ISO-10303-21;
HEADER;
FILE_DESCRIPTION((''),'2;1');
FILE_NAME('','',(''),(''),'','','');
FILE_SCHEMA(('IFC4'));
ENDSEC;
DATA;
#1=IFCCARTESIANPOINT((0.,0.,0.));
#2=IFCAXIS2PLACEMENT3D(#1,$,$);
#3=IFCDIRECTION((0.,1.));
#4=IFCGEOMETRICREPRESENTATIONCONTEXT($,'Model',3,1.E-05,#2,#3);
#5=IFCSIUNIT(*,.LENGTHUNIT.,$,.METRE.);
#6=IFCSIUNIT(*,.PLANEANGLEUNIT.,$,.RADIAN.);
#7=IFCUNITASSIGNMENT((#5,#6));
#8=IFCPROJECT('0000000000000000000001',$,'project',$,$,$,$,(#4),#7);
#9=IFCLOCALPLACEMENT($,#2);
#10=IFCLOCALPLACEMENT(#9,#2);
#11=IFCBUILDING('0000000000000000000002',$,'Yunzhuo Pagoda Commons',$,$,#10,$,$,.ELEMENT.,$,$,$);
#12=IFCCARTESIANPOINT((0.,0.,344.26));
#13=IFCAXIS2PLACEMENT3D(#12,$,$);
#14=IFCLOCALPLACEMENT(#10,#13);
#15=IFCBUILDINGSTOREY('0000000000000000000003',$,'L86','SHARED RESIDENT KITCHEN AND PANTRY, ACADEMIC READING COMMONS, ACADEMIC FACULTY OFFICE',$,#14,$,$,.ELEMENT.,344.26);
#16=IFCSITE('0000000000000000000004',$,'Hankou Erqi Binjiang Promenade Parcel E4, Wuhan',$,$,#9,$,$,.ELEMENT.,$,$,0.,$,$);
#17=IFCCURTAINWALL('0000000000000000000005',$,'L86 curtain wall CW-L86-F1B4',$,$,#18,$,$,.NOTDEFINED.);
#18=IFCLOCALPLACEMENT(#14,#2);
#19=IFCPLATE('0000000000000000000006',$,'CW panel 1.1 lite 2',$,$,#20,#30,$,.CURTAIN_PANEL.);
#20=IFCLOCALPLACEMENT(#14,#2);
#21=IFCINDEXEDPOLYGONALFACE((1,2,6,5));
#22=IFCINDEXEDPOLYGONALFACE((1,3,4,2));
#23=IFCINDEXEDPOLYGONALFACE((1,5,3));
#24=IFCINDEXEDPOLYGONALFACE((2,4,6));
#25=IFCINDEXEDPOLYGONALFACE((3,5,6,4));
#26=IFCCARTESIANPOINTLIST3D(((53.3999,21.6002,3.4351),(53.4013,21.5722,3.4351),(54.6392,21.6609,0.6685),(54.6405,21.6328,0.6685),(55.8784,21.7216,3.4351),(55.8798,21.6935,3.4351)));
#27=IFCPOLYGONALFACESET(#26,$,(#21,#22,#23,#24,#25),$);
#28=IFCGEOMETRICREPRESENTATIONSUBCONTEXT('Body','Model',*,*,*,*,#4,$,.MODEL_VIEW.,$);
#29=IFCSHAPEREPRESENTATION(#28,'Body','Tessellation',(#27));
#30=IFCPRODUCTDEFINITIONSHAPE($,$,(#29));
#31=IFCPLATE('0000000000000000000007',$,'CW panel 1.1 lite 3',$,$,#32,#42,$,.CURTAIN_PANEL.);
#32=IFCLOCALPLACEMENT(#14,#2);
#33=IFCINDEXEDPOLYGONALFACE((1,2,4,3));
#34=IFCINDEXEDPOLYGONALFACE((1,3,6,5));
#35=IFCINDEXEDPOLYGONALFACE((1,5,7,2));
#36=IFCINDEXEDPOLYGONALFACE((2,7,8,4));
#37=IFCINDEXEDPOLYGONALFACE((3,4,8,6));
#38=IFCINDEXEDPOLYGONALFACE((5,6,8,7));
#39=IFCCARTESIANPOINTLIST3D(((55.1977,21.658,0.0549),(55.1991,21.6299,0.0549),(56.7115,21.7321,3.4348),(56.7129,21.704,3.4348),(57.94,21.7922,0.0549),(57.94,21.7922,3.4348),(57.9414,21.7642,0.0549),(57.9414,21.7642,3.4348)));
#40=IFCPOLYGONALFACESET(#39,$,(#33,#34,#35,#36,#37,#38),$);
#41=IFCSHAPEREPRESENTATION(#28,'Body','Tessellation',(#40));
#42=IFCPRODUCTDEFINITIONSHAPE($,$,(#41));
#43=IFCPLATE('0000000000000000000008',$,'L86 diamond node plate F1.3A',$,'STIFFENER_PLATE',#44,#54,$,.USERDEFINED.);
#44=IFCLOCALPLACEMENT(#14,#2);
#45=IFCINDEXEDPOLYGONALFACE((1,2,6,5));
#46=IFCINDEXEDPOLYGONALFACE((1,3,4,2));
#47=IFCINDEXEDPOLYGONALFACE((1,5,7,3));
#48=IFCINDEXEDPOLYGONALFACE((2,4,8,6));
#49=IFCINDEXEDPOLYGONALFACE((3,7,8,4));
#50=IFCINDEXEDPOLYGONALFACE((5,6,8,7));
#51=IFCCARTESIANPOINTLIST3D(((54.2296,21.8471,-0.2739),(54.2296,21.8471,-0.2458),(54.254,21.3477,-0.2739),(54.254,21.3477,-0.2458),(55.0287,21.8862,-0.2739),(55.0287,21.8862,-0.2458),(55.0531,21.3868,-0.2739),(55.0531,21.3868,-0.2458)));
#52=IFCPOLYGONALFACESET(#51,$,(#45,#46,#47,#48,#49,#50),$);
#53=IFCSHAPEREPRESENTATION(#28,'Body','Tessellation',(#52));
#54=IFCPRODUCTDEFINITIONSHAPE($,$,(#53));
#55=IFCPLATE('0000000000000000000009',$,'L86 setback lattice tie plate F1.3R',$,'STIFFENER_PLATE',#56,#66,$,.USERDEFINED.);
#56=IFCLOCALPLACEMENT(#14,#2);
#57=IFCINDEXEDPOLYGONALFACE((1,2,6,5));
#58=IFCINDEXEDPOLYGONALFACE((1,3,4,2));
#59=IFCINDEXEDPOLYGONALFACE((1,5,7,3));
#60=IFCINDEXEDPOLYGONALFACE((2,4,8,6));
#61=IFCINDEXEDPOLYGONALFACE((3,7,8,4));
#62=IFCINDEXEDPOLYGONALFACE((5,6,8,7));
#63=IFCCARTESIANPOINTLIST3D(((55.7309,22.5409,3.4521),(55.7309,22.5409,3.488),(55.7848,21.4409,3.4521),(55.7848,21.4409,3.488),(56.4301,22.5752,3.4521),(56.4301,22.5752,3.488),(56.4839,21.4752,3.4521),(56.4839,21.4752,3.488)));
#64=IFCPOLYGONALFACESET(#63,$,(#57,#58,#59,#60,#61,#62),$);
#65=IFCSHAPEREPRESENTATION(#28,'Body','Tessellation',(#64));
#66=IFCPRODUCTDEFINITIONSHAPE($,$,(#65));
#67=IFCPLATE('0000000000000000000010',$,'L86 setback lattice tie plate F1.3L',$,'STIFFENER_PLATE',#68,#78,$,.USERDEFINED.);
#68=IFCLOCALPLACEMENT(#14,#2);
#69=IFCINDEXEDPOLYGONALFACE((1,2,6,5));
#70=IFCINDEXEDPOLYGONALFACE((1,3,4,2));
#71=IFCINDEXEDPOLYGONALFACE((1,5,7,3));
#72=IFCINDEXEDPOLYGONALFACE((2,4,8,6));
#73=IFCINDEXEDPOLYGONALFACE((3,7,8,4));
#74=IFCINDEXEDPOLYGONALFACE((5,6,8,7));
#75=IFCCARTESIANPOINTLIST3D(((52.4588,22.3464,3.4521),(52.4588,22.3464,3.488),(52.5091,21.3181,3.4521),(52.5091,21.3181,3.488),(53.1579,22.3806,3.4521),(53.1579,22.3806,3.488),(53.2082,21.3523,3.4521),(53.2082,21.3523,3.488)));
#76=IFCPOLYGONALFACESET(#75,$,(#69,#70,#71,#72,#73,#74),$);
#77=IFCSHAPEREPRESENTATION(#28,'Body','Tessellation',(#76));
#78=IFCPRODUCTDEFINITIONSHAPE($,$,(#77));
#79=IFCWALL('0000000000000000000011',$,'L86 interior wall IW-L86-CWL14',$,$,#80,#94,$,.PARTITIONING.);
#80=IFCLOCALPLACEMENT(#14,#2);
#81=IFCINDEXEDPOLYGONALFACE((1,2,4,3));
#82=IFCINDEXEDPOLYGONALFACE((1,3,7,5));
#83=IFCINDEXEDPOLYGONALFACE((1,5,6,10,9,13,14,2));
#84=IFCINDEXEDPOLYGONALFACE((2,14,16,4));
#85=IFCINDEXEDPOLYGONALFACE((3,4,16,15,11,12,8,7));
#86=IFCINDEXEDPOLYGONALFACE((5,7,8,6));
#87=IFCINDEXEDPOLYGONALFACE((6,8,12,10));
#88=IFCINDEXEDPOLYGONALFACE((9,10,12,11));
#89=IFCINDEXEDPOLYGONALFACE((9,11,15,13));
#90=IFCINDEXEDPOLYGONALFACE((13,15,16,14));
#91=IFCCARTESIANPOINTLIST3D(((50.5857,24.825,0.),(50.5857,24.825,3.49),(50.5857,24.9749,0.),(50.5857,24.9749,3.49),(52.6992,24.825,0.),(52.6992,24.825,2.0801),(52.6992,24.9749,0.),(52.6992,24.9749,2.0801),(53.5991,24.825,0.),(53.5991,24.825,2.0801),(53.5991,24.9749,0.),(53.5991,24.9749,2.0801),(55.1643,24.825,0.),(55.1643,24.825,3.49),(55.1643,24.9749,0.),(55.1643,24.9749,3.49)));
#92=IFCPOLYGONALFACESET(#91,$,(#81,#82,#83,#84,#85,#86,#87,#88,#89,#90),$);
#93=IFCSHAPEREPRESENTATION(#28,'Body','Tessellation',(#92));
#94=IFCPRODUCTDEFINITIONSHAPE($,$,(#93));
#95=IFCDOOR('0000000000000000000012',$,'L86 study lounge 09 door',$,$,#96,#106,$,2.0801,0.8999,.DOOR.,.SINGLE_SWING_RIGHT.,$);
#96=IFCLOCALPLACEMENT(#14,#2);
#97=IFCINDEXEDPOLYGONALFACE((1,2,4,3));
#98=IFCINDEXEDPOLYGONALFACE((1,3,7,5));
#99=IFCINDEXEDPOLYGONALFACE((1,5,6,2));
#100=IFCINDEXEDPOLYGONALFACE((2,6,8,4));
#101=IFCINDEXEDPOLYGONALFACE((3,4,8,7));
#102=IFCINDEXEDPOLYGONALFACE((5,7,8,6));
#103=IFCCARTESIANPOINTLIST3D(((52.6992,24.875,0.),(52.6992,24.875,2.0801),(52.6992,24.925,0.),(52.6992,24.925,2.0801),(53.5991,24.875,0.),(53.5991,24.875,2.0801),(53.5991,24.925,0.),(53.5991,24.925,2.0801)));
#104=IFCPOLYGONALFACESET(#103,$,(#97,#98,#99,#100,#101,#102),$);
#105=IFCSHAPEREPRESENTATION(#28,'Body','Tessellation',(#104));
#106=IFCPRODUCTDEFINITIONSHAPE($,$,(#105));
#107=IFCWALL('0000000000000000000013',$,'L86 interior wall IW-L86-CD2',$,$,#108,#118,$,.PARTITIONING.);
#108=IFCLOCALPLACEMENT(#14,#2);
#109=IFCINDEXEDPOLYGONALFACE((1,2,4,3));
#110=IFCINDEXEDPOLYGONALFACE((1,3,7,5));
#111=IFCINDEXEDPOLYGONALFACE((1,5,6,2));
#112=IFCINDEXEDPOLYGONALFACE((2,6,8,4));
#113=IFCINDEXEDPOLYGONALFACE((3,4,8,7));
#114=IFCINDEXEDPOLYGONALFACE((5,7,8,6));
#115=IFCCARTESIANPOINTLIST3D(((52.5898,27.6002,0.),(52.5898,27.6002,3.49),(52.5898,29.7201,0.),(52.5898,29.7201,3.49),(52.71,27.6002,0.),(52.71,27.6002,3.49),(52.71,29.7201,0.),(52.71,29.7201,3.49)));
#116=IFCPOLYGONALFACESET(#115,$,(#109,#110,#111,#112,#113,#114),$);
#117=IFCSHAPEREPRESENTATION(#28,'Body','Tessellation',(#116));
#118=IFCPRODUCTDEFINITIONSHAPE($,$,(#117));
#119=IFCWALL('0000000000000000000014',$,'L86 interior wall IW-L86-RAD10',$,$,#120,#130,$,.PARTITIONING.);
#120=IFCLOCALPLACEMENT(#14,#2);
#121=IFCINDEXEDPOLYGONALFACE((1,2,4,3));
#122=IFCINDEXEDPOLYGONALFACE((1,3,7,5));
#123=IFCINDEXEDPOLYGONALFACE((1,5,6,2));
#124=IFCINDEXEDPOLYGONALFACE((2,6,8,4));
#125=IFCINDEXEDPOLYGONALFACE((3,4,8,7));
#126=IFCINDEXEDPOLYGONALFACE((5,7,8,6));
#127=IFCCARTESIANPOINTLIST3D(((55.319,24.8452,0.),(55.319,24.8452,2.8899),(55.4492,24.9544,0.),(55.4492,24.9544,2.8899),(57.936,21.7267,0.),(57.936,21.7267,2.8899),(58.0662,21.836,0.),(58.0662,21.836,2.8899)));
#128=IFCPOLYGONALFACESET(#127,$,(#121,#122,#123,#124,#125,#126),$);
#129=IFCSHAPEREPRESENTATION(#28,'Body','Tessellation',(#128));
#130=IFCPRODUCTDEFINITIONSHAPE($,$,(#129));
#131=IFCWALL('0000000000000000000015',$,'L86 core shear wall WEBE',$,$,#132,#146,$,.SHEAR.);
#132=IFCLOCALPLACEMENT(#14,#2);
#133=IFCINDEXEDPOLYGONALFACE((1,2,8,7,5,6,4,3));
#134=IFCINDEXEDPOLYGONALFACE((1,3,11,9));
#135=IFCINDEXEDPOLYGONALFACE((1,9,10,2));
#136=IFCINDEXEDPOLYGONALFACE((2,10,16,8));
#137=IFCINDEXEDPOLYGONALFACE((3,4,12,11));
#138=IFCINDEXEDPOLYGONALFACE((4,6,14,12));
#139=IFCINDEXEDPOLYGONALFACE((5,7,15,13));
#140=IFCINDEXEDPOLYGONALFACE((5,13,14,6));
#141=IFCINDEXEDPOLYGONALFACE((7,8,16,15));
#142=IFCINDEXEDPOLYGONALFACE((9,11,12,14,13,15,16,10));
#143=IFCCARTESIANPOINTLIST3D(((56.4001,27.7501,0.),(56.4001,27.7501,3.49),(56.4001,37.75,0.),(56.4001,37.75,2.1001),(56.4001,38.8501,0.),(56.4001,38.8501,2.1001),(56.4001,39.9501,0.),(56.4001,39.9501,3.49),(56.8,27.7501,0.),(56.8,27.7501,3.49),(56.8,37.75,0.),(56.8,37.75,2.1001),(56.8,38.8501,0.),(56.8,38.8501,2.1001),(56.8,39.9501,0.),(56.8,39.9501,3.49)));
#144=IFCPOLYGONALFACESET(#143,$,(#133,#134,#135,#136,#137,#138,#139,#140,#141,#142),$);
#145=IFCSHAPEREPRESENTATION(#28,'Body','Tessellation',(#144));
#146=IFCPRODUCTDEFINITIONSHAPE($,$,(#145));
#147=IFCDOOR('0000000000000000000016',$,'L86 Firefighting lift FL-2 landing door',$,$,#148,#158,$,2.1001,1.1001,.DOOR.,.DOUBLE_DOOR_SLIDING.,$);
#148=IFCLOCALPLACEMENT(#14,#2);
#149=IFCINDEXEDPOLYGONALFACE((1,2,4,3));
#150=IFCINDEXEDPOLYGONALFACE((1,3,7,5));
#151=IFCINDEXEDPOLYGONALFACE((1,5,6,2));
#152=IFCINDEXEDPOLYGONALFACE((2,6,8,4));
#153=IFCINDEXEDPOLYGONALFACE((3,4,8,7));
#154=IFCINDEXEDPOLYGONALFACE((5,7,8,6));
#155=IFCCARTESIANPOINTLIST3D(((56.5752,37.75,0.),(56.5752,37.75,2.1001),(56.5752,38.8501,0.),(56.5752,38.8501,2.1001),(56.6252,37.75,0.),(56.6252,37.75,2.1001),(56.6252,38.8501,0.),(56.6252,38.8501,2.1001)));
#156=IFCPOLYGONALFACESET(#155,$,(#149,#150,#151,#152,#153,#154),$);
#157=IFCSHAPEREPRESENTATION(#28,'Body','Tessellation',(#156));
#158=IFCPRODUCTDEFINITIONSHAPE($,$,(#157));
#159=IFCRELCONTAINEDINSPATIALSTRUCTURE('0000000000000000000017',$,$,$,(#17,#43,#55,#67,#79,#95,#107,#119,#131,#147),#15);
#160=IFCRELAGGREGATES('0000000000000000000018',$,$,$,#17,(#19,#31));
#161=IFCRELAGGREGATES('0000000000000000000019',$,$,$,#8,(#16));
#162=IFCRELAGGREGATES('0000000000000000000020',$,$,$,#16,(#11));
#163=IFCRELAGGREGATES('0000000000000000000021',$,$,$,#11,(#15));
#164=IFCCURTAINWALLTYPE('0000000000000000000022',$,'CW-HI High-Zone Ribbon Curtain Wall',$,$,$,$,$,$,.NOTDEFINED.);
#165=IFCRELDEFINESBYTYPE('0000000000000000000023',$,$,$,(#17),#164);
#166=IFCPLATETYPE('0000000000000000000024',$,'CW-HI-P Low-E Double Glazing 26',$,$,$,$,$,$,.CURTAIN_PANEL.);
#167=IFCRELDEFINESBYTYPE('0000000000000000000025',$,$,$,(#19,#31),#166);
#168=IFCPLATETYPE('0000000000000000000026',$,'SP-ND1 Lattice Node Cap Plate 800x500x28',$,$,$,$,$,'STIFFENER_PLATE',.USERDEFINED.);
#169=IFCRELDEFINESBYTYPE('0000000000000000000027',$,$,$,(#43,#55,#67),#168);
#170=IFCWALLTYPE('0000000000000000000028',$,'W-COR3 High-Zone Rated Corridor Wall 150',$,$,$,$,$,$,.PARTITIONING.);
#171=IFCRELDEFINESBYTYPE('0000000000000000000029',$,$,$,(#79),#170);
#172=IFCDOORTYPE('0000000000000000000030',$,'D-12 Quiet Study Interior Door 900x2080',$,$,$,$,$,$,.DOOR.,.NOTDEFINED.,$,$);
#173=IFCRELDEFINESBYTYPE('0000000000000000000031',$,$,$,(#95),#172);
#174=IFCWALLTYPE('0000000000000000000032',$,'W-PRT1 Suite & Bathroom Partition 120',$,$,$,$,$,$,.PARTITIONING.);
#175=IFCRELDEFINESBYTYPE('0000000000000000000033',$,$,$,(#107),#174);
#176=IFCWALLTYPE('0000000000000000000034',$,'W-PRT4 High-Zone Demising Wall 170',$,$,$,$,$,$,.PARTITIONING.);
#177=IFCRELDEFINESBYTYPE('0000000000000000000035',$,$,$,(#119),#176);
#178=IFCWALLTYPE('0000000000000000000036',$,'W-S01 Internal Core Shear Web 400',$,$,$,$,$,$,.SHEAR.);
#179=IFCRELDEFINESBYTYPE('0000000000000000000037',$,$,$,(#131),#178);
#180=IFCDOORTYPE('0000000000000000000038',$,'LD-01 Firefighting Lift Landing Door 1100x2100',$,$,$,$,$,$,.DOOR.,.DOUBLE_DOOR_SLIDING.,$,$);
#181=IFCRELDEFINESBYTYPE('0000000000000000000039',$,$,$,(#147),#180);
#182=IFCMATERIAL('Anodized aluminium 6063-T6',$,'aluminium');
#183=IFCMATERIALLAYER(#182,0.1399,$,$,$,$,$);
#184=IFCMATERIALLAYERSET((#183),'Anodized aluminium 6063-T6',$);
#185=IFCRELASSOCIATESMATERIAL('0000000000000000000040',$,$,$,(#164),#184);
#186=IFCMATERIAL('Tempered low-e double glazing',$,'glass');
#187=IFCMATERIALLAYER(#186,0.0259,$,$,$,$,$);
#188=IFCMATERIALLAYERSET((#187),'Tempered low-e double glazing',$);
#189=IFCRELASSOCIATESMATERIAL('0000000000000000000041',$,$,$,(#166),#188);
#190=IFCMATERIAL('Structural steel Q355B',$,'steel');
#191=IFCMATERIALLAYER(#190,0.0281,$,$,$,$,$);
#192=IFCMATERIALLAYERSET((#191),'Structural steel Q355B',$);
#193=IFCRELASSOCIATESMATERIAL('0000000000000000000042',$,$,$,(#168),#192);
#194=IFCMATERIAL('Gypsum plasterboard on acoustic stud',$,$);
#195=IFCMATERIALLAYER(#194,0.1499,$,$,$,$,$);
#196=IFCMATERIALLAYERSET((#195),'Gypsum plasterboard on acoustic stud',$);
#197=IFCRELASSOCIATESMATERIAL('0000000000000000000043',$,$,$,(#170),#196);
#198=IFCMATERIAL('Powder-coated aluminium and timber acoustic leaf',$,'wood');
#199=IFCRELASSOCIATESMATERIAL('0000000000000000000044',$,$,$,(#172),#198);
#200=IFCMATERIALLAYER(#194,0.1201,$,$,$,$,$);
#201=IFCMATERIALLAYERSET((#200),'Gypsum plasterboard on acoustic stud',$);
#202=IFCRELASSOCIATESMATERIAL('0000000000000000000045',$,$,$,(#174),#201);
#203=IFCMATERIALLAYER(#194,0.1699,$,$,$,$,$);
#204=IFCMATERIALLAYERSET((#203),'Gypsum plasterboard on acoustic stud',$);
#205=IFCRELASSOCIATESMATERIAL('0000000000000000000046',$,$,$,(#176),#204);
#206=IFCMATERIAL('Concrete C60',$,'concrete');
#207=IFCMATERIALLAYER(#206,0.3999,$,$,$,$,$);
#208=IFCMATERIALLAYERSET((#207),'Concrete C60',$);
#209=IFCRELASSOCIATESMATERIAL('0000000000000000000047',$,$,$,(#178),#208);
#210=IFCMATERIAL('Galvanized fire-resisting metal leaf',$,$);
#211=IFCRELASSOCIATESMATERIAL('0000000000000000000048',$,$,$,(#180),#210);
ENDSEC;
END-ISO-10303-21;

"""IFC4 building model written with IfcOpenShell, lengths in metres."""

from ifc_helpers import new_model, si_unit, direction, frame, frame_2d, origin, origin_with_axes, origin_2d, place, context, subcontext, project, spatial, polyline, rectangle, outline, extrude, source, transform, mapped, material, layer, layer_set, type_object, element, fill, aggregate, save


model = new_model("IFC4")

# Units and contexts
model_context = context("Model", 3, precision=1e-05, world=origin(), true_north=direction((0.0, 1.0)))
body_context = subcontext(model_context, "Body", "Model", "MODEL_VIEW")
ifc_project = project(units=[si_unit("LENGTHUNIT", "METRE"), si_unit("PLANEANGLEUNIT", "RADIAN")], contexts=[model_context])

# Site, building, storey
site_placement = place(None, origin())
site = spatial("IfcSite", under=ifc_project, at=site_placement, Name="Hankou Erqi Binjiang Promenade Parcel E4, Wuhan", CompositionType="ELEMENT", RefElevation=0.0)
building_placement = place(site_placement, origin())
building = spatial("IfcBuilding", under=site, at=building_placement, Name="Yunzhuo Pagoda Commons", CompositionType="ELEMENT")
storey_placement = place(building_placement, frame((0.0, 0.0, 344.26)))
storey = spatial("IfcBuildingStorey", under=building, at=storey_placement, Name="L86", Description="SHARED RESIDENT KITCHEN AND PANTRY, ACADEMIC READING COMMONS, ACADEMIC FACULTY OFFICE", CompositionType="ELEMENT", Elevation=344.26)

# Shared definitions
ifc_material_1 = material(Name="Structural steel Q355B", Category="steel")

# Curtain wall, plates
ifc_material_2 = material(Name="Anodized aluminium 6063-T6", Category="aluminium")
ifc_layer_1 = layer(ifc_material_2, 0.1399)
ifc_layer_set_1 = layer_set([ifc_layer_1], Name="Anodized aluminium 6063-T6")
curtain_wall_type = type_object("IfcCurtainWallType", Name="CW-HI High-Zone Ribbon Curtain Wall", PredefinedType="NOTDEFINED", material=ifc_layer_set_1)
curtain_wall_placement = place(storey_placement, origin())
curtain_wall = element("IfcCurtainWall", 1, at=curtain_wall_placement, inside=storey, type_object=curtain_wall_type, Name="L86 curtain wall CW-L86-F1B4", PredefinedType="NOTDEFINED")
ifc_material_3 = material(Name="Tempered low-e double glazing", Category="glass")
ifc_layer_2 = layer(ifc_material_3, 0.0259)
ifc_layer_set_2 = layer_set([ifc_layer_2], Name="Tempered low-e double glazing")
plate_type_1 = type_object("IfcPlateType", Name="CW-HI-P Low-E Double Glazing 26", PredefinedType="CURTAIN_PANEL", material=ifc_layer_set_2)
plate_1_placement = place(storey_placement, frame((54.6392, 21.6609, 2.0518), z_axis=(0.048906, -0.998803, 0.0), x_axis=(0.998803, 0.048906, 0.0)))
plate_1 = element("IfcPlate", 2, at=plate_1_placement, type_object=plate_type_1, Name="CW panel 1.1 lite 2", PredefinedType="CURTAIN_PANEL", context=body_context, shape_type="SweptSolid", body=[
    extrude(outline(polyline([(-1.2407, 1.3833), (0.0, -1.3833), (1.2407, 1.3833), (-1.2407, 1.3833)])), origin(), (0.0, 0.0, 1.0), 0.0281),
])
plate_2_placement = place(storey_placement, frame((56.5688, 21.7251, 1.7449), z_axis=(0.048906, -0.998803, 0.0), x_axis=(0.998803, 0.048906, 0.0)))
plate_2 = element("IfcPlate", 3, at=plate_2_placement, type_object=plate_type_1, Name="CW panel 1.1 lite 3", PredefinedType="CURTAIN_PANEL", context=body_context, shape_type="SweptSolid", body=[
    extrude(outline(polyline([(-1.3728, -1.6899), (1.3728, -1.6899), (1.3728, 1.6899), (0.1428, 1.6899), (-1.3728, -1.6899)])), origin(), (0.0, 0.0, 1.0), 0.0281),
])
aggregate(curtain_wall, [plate_1, plate_2])

# Plates
ifc_layer_3 = layer(ifc_material_1, 0.0281)
ifc_layer_set_3 = layer_set([ifc_layer_3], Name="Structural steel Q355B")
plate_type_2 = type_object("IfcPlateType", Name="SP-ND1 Lattice Node Cap Plate 800x500x28", ElementType="STIFFENER_PLATE", PredefinedType="USERDEFINED", material=ifc_layer_set_3)
shared_shape_1 = source(origin(), body_context, "Body", "SweptSolid", [
    extrude(rectangle(XDim=0.8, YDim=0.5, at=origin_2d()), origin(), (0.0, 0.0, 1.0), 0.0281),
])
plate_3_placement = place(storey_placement, frame((54.6414, 21.6169, -0.2739), z_axis=(0.0, 0.0, 1.0), x_axis=(0.998804, 0.048902, 0.0)))
element("IfcPlate", 4, at=plate_3_placement, inside=storey, type_object=plate_type_2, Name="L86 diamond node plate F1.3A", ObjectType="STIFFENER_PLATE", PredefinedType="USERDEFINED", context=body_context, shape_type="MappedRepresentation", body=[
    mapped(shared_shape_1, transform((0.0, 0.0, 0.0), scale=1.0)),
])
shared_shape_2 = source(origin(), body_context, "Body", "SweptSolid", [
    extrude(rectangle(XDim=0.7, YDim=1.1013, at=origin_2d()), origin(), (0.0, 0.0, 1.0), 0.0359),
])
plate_4_placement = place(storey_placement, frame((56.1074, 22.0081, 3.4521), z_axis=(0.0, 0.0, 1.0), x_axis=(0.998804, 0.048902, 0.0)))
element("IfcPlate", 5, at=plate_4_placement, inside=storey, type_object=plate_type_2, Name="L86 setback lattice tie plate F1.3R", ObjectType="STIFFENER_PLATE", PredefinedType="USERDEFINED", context=body_context, shape_type="MappedRepresentation", body=[
    mapped(shared_shape_2, transform((0.0, 0.0, 0.0), scale=1.0)),
])
shared_shape_3 = source(origin(), body_context, "Body", "SweptSolid", [
    extrude(rectangle(XDim=0.7, YDim=1.0295, at=origin_2d()), origin(), (0.0, 0.0, 1.0), 0.0359),
])
plate_5_placement = place(storey_placement, frame((52.8335, 21.8494, 3.4521), z_axis=(0.0, 0.0, 1.0), x_axis=(0.998804, 0.048902, 0.0)))
element("IfcPlate", 6, at=plate_5_placement, inside=storey, type_object=plate_type_2, Name="L86 setback lattice tie plate F1.3L", ObjectType="STIFFENER_PLATE", PredefinedType="USERDEFINED", context=body_context, shape_type="MappedRepresentation", body=[
    mapped(shared_shape_3, transform((0.0, 0.0, 0.0), scale=1.0)),
])

# Wall, opening, door
ifc_material_4 = material(Name="Gypsum plasterboard on acoustic stud")
ifc_layer_4 = layer(ifc_material_4, 0.1499)
ifc_layer_set_4 = layer_set([ifc_layer_4], Name="Gypsum plasterboard on acoustic stud")
wall_type_1 = type_object("IfcWallType", Name="W-COR3 High-Zone Rated Corridor Wall 150", PredefinedType="PARTITIONING", material=ifc_layer_set_4)
wall_1_placement = place(storey_placement, frame((55.1643, 24.8999, 0.0), z_axis=(0.0, 0.0, 1.0), x_axis=(-1.0, 0.0, 0.0)))
wall_1 = element("IfcWall", 7, at=wall_1_placement, inside=storey, type_object=wall_type_1, Name="L86 interior wall IW-L86-CWL14", PredefinedType="PARTITIONING", context=body_context, shape_type="SweptSolid", body=[
    extrude(rectangle(XDim=4.5786, YDim=0.1499, at=frame_2d((2.2893, 0.0))), origin(), (0.0, 0.0, 1.0), 3.49),
])
opening_1_placement = place(wall_1_placement, frame((1.5652, 0.0, 0.0)))
opening_1 = element("IfcOpeningElement", 8, at=opening_1_placement, cuts=wall_1, PredefinedType="OPENING", context=body_context, shape_type="SweptSolid", body=[
    extrude(rectangle(XDim=0.8999, YDim=2.0801, at=frame_2d((0.45, 1.04))), frame((0.0, 0.085, 0.0), z_axis=(0.0, -1.0, 0.0), x_axis=(1.0, 0.0, 0.0)), (0.0, 0.0, 1.0), 0.1699),
])
ifc_material_5 = material(Name="Powder-coated aluminium and timber acoustic leaf", Category="wood")
door_type_1 = type_object("IfcDoorType", Name="D-12 Quiet Study Interior Door 900x2080", OperationType="NOTDEFINED", PredefinedType="DOOR", material=ifc_material_5)
shared_shape_4 = source(origin(), body_context, "Body", "SweptSolid", [
    extrude(rectangle(XDim=0.8999, YDim=2.0801, at=frame_2d((0.45, 1.04))), frame((0.0, 0.0249, 0.0), z_axis=(0.0, -1.0, 0.0), x_axis=(1.0, 0.0, 0.0)), (0.0, 0.0, 1.0), 0.05),
])
door_1_placement = place(opening_1_placement, origin_with_axes())
door_1 = element("IfcDoor", 9, at=door_1_placement, inside=storey, type_object=door_type_1, Name="L86 study lounge 09 door", OperationType="SINGLE_SWING_RIGHT", OverallHeight=2.0801, OverallWidth=0.8999, PredefinedType="DOOR", context=body_context, shape_type="MappedRepresentation", body=[
    mapped(shared_shape_4, transform((0.0, 0.0, 0.0), scale=1.0)),
])
fill(opening_1, door_1)

# Walls
ifc_layer_5 = layer(ifc_material_4, 0.1201)
ifc_layer_set_5 = layer_set([ifc_layer_5], Name="Gypsum plasterboard on acoustic stud")
wall_type_2 = type_object("IfcWallType", Name="W-PRT1 Suite & Bathroom Partition 120", PredefinedType="PARTITIONING", material=ifc_layer_set_5)
wall_2_placement = place(storey_placement, frame((52.6499, 27.6001, 0.0), z_axis=(0.0, 0.0, 1.0), x_axis=(0.0, 1.0, 0.0)))
element("IfcWall", 10, at=wall_2_placement, inside=storey, type_object=wall_type_2, Name="L86 interior wall IW-L86-CD2", PredefinedType="PARTITIONING", context=body_context, shape_type="SweptSolid", body=[
    extrude(rectangle(XDim=2.1199, YDim=0.1201, at=frame_2d((1.0601, 0.0))), origin(), (0.0, 0.0, 1.0), 3.49),
])
ifc_layer_6 = layer(ifc_material_4, 0.1699)
ifc_layer_set_6 = layer_set([ifc_layer_6], Name="Gypsum plasterboard on acoustic stud")
wall_type_3 = type_object("IfcWallType", Name="W-PRT4 High-Zone Demising Wall 170", PredefinedType="PARTITIONING", material=ifc_layer_set_6)
wall_3_placement = place(storey_placement, frame((55.384, 24.8999, 0.0), z_axis=(0.0, 0.0, 1.0), x_axis=(0.642829, -0.76601, 0.0)))
element("IfcWall", 11, at=wall_3_placement, inside=storey, type_object=wall_type_3, Name="L86 interior wall IW-L86-RAD10", PredefinedType="PARTITIONING", context=body_context, shape_type="SweptSolid", body=[
    extrude(rectangle(XDim=4.071, YDim=0.1699, at=frame_2d((2.0356, 0.0))), origin(), (0.0, 0.0, 1.0), 2.8899),
])

# Wall, opening, door
ifc_material_6 = material(Name="Concrete C60", Category="concrete")
ifc_layer_7 = layer(ifc_material_6, 0.3999)
ifc_layer_set_7 = layer_set([ifc_layer_7], Name="Concrete C60")
wall_type_4 = type_object("IfcWallType", Name="W-S01 Internal Core Shear Web 400", PredefinedType="SHEAR", material=ifc_layer_set_7)
wall_4_placement = place(storey_placement, frame((56.6001, 27.75, 0.0), z_axis=(0.0, 0.0, 1.0), x_axis=(0.0, 1.0, 0.0)))
wall_4 = element("IfcWall", 12, at=wall_4_placement, inside=storey, type_object=wall_type_4, Name="L86 core shear wall WEBE", PredefinedType="SHEAR", context=body_context, shape_type="SweptSolid", body=[
    extrude(rectangle(XDim=12.2, YDim=0.3999, at=frame_2d((6.1001, 0.0))), origin(), (0.0, 0.0, 1.0), 3.49),
])
opening_2_placement = place(wall_4_placement, frame((10.0, 0.0, 0.0)))
opening_2 = element("IfcOpeningElement", 13, at=opening_2_placement, cuts=wall_4, PredefinedType="OPENING", context=body_context, shape_type="SweptSolid", body=[
    extrude(rectangle(XDim=1.1001, YDim=2.1001, at=frame_2d((0.55, 1.05))), frame((0.0, 0.21, 0.0), z_axis=(0.0, -1.0, 0.0), x_axis=(1.0, 0.0, 0.0)), (0.0, 0.0, 1.0), 0.4199),
])
ifc_material_7 = material(Name="Galvanized fire-resisting metal leaf")
door_type_2 = type_object("IfcDoorType", Name="LD-01 Firefighting Lift Landing Door 1100x2100", OperationType="DOUBLE_DOOR_SLIDING", PredefinedType="DOOR", material=ifc_material_7)
shared_shape_5 = source(origin(), body_context, "Body", "SweptSolid", [
    extrude(rectangle(XDim=1.1001, YDim=2.1001, at=frame_2d((0.55, 1.05))), frame((0.0, 0.0249, 0.0), z_axis=(0.0, -1.0, 0.0), x_axis=(1.0, 0.0, 0.0)), (0.0, 0.0, 1.0), 0.05),
])
door_2_placement = place(opening_2_placement, origin_with_axes())
door_2 = element("IfcDoor", 14, at=door_2_placement, inside=storey, type_object=door_type_2, Name="L86 Firefighting lift FL-2 landing door", OperationType="DOUBLE_DOOR_SLIDING", OverallHeight=2.1001, OverallWidth=1.1001, PredefinedType="DOOR", context=body_context, shape_type="MappedRepresentation", body=[
    mapped(shared_shape_5, transform((0.0, 0.0, 0.0), scale=1.0)),
])
fill(opening_2, door_2)

save(model, "model.ifc")
